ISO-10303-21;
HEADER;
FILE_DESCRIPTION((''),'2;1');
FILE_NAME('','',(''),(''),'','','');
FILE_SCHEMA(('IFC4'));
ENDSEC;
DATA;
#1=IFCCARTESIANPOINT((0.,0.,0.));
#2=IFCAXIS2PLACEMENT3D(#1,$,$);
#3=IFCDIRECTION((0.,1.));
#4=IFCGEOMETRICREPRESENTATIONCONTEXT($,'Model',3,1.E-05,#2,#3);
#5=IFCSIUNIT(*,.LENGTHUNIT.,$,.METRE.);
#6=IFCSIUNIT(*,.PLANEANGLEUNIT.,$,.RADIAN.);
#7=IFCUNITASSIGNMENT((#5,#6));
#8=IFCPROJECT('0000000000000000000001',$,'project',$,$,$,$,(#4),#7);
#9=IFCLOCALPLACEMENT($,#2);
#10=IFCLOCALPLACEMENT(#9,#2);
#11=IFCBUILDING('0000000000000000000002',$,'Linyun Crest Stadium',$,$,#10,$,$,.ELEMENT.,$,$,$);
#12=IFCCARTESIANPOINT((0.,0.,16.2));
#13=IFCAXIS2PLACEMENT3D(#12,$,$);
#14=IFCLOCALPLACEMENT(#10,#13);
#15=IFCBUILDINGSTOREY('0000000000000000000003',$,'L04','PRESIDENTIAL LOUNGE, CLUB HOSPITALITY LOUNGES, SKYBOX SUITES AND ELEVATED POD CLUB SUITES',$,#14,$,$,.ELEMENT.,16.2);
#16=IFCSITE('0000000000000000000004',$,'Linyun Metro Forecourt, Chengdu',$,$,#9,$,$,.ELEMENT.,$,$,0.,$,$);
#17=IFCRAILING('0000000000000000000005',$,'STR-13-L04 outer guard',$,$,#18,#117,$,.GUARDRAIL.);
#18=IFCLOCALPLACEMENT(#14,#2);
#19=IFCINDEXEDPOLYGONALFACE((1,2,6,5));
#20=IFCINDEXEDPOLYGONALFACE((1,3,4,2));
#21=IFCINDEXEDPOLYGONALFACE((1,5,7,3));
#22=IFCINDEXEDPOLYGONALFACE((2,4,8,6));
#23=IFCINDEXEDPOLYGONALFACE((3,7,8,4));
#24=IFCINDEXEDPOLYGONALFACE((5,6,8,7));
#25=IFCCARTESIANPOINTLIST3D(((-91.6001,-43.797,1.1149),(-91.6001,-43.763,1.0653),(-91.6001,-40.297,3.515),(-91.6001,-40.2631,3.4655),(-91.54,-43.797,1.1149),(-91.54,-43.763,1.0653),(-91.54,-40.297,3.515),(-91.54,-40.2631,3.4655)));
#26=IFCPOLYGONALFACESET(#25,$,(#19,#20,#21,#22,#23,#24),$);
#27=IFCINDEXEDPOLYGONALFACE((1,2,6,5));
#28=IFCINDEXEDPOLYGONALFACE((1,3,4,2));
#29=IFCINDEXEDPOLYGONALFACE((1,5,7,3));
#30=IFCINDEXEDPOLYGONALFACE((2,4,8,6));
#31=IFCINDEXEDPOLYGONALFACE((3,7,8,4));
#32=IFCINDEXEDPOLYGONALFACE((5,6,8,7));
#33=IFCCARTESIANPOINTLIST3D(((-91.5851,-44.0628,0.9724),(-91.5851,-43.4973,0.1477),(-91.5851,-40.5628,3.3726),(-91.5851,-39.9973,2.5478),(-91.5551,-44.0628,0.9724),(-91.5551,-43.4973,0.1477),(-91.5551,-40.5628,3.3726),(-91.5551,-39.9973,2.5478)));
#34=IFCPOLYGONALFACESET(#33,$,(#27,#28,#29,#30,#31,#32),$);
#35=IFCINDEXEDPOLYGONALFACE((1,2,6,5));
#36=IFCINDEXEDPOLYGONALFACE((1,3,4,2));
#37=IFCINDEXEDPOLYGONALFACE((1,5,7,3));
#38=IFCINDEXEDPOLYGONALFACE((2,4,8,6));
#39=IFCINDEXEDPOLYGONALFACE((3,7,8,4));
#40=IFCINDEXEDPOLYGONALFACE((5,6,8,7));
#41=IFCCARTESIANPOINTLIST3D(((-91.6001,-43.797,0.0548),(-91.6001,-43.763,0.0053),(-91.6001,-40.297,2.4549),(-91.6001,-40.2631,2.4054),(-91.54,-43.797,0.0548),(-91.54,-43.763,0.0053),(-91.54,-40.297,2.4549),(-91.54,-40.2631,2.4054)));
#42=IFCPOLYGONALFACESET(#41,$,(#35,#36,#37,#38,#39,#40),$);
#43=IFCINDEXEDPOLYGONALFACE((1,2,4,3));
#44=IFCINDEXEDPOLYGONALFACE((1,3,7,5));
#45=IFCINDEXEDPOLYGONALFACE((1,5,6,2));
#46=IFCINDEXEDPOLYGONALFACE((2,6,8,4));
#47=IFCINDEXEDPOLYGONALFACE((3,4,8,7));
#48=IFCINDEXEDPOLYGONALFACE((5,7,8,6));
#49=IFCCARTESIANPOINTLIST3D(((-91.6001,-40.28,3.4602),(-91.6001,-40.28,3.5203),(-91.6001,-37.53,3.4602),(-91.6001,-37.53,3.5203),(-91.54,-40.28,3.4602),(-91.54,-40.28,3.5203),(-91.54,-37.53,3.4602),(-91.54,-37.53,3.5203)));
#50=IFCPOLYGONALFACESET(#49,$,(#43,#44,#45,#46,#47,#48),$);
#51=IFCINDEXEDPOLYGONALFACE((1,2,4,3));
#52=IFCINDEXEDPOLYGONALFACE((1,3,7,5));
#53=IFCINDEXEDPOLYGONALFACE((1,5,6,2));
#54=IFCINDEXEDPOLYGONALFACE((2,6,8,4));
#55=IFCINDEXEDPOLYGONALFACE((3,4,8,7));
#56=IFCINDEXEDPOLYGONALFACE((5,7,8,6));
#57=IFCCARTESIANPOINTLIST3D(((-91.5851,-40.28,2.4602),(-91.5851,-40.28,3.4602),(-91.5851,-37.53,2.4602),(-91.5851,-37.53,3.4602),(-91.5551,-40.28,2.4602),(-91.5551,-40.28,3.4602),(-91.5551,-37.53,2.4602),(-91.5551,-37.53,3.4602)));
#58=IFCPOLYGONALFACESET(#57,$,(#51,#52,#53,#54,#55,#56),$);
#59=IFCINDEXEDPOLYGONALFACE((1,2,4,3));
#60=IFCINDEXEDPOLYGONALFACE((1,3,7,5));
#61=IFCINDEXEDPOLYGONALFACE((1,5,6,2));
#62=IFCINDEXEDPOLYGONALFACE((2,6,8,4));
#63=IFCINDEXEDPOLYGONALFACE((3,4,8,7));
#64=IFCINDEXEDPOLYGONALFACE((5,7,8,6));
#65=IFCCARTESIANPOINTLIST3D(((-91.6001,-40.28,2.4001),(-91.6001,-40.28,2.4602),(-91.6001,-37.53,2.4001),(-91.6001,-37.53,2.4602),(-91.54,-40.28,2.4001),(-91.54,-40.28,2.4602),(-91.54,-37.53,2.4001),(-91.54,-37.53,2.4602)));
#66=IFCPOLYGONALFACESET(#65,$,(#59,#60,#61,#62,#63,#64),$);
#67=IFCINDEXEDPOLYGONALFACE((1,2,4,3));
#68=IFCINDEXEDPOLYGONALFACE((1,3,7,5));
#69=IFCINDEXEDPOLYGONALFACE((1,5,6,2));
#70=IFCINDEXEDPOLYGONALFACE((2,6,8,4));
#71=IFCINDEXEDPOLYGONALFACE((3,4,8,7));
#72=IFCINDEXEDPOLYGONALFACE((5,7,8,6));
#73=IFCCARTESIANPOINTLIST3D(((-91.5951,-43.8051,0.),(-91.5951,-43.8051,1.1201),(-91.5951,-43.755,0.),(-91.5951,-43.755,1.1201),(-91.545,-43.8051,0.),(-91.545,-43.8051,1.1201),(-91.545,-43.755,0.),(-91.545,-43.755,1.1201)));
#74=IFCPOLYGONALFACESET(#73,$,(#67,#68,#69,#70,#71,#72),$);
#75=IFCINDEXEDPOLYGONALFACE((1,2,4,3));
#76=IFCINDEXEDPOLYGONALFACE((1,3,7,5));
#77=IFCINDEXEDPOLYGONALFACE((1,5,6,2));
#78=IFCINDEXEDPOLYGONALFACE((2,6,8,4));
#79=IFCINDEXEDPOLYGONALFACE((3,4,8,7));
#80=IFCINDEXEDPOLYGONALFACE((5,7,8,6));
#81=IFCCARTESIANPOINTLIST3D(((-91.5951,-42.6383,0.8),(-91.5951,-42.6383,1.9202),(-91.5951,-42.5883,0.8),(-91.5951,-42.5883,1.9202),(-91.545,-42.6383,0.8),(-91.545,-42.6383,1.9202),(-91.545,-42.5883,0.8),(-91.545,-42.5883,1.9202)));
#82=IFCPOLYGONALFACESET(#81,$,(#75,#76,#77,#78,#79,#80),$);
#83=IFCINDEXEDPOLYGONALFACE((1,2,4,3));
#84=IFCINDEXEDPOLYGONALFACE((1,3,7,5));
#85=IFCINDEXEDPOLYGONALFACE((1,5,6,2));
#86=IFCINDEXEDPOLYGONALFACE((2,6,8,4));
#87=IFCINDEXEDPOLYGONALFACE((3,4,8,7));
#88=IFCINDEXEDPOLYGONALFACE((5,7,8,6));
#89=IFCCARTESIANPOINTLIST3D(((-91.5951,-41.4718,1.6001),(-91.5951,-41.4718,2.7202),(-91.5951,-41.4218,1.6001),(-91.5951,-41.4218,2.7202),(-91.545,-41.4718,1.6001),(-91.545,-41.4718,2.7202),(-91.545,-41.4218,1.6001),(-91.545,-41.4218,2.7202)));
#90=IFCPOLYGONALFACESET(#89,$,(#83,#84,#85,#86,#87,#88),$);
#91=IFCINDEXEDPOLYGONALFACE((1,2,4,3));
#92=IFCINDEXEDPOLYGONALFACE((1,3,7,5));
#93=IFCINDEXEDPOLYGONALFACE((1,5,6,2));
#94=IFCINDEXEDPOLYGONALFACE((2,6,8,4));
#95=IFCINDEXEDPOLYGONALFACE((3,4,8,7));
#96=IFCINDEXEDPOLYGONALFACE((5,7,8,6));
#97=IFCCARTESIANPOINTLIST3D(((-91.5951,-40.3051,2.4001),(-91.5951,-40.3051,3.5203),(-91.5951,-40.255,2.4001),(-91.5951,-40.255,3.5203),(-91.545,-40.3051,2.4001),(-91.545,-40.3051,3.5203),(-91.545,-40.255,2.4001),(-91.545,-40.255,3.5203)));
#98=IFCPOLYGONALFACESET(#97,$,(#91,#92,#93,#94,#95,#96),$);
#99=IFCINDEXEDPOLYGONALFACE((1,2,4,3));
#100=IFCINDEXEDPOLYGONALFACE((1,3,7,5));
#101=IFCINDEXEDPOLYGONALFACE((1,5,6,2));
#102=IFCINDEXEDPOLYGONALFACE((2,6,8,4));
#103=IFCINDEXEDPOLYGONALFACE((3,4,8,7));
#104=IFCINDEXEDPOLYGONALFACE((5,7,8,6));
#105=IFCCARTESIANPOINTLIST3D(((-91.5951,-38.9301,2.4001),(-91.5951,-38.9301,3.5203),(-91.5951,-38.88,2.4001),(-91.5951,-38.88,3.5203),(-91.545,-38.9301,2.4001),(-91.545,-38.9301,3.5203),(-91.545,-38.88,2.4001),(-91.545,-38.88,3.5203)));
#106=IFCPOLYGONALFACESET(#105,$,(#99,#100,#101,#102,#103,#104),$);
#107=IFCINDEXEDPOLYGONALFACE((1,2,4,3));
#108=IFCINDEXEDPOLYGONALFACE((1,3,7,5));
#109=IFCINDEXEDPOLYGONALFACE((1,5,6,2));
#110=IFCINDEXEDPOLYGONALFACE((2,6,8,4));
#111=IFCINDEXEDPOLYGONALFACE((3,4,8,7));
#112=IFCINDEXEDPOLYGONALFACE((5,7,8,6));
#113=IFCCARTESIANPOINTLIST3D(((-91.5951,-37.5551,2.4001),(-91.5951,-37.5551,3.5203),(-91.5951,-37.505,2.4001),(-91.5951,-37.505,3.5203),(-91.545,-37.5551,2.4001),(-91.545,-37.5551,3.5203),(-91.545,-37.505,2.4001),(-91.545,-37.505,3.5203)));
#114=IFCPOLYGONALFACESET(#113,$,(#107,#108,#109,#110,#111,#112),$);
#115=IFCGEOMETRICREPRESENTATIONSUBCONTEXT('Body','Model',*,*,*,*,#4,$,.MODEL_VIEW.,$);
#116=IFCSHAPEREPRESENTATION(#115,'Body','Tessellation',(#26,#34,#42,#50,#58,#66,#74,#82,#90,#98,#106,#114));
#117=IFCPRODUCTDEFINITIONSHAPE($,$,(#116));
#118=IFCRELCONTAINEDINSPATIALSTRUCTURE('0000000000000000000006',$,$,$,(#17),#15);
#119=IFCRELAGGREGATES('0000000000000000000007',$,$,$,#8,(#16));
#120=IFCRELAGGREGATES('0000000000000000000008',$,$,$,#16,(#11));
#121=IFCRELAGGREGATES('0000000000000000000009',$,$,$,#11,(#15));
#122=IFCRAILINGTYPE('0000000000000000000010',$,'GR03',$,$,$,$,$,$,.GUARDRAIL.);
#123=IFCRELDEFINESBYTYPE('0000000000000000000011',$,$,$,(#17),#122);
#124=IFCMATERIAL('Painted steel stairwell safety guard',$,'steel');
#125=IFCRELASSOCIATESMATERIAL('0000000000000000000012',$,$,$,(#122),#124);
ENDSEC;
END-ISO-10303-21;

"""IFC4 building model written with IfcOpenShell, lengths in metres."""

from ifc_helpers import new_model, si_unit, direction, frame, origin, origin_2d, place, context, subcontext, project, spatial, rectangle, extrude, material, type_object, element, save


model = new_model("IFC4")

# Units and contexts
model_context = context("Model", 3, precision=1e-05, world=origin(), true_north=direction((0.0, 1.0)))
body_context = subcontext(model_context, "Body", "Model", "MODEL_VIEW")
ifc_project = project(units=[si_unit("LENGTHUNIT", "METRE"), si_unit("PLANEANGLEUNIT", "RADIAN")], contexts=[model_context])

# Site, building, storey
site_placement = place(None, origin())
site = spatial("IfcSite", under=ifc_project, at=site_placement, Name="Linyun Metro Forecourt, Chengdu", CompositionType="ELEMENT", RefElevation=0.0)
building_placement = place(site_placement, origin())
building = spatial("IfcBuilding", under=site, at=building_placement, Name="Linyun Crest Stadium", CompositionType="ELEMENT")
storey_placement = place(building_placement, frame((0.0, 0.0, 16.2)))
storey = spatial("IfcBuildingStorey", under=building, at=storey_placement, Name="L04", Description="PRESIDENTIAL LOUNGE, CLUB HOSPITALITY LOUNGES, SKYBOX SUITES AND ELEVATED POD CLUB SUITES", CompositionType="ELEMENT", Elevation=16.2)

# Railing
ifc_material_1 = material(Name="Painted steel stairwell safety guard", Category="steel")
railing_type_1 = type_object("IfcRailingType", Name="GR03", PredefinedType="GUARDRAIL", material=ifc_material_1)
railing_1_placement = place(storey_placement, frame((-91.5701, -43.78, 0.0)))
element("IfcRailing", 1, at=railing_1_placement, inside=storey, type_object=railing_type_1, Name="STR-13-L04 outer guard", PredefinedType="GUARDRAIL", context=body_context, shape_type="SweptSolid", body=[
    extrude(rectangle(XDim=0.0601, YDim=0.0601, at=origin_2d()), frame((0.0, 0.0, 1.0901), z_axis=(0.0, 0.824713, 0.565552), x_axis=(-1.0, 0.0, 0.0)), (0.0, 0.0, 1.0), 4.2439),
    extrude(rectangle(XDim=0.03, YDim=1.0, at=origin_2d()), frame((0.0, 0.0, 0.5601), z_axis=(0.0, 0.824713, 0.565552), x_axis=(-1.0, 0.0, 0.0)), (0.0, 0.0, 1.0), 4.2439),
    extrude(rectangle(XDim=0.0601, YDim=0.0601, at=origin_2d()), frame((0.0, 0.0, 0.03), z_axis=(0.0, 0.824713, 0.565552), x_axis=(-1.0, 0.0, 0.0)), (0.0, 0.0, 1.0), 4.2439),
    extrude(rectangle(XDim=0.0601, YDim=0.0601, at=origin_2d()), frame((0.0, 3.5, 3.4902), z_axis=(0.0, 1.0, 0.0), x_axis=(-1.0, 0.0, 0.0)), (0.0, 0.0, 1.0), 2.75),
    extrude(rectangle(XDim=0.03, YDim=1.0, at=origin_2d()), frame((0.0, 3.5, 2.9602), z_axis=(0.0, 1.0, 0.0), x_axis=(-1.0, 0.0, 0.0)), (0.0, 0.0, 1.0), 2.75),
    extrude(rectangle(XDim=0.0601, YDim=0.0601, at=origin_2d()), frame((0.0, 3.5, 2.4302), z_axis=(0.0, 1.0, 0.0), x_axis=(-1.0, 0.0, 0.0)), (0.0, 0.0, 1.0), 2.75),
    extrude(rectangle(XDim=0.05, YDim=0.05, at=origin_2d()), origin(), (0.0, 0.0, 1.0), 1.1201),
    extrude(rectangle(XDim=0.05, YDim=0.05, at=origin_2d()), frame((0.0, 1.1667, 0.8)), (0.0, 0.0, 1.0), 1.1201),
    extrude(rectangle(XDim=0.05, YDim=0.05, at=origin_2d()), frame((0.0, 2.3333, 1.6001)), (0.0, 0.0, 1.0), 1.1201),
    extrude(rectangle(XDim=0.05, YDim=0.05, at=origin_2d()), frame((0.0, 3.5, 2.4001)), (0.0, 0.0, 1.0), 1.1201),
    extrude(rectangle(XDim=0.05, YDim=0.05, at=origin_2d()), frame((0.0, 4.875, 2.4001)), (0.0, 0.0, 1.0), 1.1201),
    extrude(rectangle(XDim=0.05, YDim=0.05, at=origin_2d()), frame((0.0, 6.25, 2.4001)), (0.0, 0.0, 1.0), 1.1201),
])

save(model, "model.ifc")
